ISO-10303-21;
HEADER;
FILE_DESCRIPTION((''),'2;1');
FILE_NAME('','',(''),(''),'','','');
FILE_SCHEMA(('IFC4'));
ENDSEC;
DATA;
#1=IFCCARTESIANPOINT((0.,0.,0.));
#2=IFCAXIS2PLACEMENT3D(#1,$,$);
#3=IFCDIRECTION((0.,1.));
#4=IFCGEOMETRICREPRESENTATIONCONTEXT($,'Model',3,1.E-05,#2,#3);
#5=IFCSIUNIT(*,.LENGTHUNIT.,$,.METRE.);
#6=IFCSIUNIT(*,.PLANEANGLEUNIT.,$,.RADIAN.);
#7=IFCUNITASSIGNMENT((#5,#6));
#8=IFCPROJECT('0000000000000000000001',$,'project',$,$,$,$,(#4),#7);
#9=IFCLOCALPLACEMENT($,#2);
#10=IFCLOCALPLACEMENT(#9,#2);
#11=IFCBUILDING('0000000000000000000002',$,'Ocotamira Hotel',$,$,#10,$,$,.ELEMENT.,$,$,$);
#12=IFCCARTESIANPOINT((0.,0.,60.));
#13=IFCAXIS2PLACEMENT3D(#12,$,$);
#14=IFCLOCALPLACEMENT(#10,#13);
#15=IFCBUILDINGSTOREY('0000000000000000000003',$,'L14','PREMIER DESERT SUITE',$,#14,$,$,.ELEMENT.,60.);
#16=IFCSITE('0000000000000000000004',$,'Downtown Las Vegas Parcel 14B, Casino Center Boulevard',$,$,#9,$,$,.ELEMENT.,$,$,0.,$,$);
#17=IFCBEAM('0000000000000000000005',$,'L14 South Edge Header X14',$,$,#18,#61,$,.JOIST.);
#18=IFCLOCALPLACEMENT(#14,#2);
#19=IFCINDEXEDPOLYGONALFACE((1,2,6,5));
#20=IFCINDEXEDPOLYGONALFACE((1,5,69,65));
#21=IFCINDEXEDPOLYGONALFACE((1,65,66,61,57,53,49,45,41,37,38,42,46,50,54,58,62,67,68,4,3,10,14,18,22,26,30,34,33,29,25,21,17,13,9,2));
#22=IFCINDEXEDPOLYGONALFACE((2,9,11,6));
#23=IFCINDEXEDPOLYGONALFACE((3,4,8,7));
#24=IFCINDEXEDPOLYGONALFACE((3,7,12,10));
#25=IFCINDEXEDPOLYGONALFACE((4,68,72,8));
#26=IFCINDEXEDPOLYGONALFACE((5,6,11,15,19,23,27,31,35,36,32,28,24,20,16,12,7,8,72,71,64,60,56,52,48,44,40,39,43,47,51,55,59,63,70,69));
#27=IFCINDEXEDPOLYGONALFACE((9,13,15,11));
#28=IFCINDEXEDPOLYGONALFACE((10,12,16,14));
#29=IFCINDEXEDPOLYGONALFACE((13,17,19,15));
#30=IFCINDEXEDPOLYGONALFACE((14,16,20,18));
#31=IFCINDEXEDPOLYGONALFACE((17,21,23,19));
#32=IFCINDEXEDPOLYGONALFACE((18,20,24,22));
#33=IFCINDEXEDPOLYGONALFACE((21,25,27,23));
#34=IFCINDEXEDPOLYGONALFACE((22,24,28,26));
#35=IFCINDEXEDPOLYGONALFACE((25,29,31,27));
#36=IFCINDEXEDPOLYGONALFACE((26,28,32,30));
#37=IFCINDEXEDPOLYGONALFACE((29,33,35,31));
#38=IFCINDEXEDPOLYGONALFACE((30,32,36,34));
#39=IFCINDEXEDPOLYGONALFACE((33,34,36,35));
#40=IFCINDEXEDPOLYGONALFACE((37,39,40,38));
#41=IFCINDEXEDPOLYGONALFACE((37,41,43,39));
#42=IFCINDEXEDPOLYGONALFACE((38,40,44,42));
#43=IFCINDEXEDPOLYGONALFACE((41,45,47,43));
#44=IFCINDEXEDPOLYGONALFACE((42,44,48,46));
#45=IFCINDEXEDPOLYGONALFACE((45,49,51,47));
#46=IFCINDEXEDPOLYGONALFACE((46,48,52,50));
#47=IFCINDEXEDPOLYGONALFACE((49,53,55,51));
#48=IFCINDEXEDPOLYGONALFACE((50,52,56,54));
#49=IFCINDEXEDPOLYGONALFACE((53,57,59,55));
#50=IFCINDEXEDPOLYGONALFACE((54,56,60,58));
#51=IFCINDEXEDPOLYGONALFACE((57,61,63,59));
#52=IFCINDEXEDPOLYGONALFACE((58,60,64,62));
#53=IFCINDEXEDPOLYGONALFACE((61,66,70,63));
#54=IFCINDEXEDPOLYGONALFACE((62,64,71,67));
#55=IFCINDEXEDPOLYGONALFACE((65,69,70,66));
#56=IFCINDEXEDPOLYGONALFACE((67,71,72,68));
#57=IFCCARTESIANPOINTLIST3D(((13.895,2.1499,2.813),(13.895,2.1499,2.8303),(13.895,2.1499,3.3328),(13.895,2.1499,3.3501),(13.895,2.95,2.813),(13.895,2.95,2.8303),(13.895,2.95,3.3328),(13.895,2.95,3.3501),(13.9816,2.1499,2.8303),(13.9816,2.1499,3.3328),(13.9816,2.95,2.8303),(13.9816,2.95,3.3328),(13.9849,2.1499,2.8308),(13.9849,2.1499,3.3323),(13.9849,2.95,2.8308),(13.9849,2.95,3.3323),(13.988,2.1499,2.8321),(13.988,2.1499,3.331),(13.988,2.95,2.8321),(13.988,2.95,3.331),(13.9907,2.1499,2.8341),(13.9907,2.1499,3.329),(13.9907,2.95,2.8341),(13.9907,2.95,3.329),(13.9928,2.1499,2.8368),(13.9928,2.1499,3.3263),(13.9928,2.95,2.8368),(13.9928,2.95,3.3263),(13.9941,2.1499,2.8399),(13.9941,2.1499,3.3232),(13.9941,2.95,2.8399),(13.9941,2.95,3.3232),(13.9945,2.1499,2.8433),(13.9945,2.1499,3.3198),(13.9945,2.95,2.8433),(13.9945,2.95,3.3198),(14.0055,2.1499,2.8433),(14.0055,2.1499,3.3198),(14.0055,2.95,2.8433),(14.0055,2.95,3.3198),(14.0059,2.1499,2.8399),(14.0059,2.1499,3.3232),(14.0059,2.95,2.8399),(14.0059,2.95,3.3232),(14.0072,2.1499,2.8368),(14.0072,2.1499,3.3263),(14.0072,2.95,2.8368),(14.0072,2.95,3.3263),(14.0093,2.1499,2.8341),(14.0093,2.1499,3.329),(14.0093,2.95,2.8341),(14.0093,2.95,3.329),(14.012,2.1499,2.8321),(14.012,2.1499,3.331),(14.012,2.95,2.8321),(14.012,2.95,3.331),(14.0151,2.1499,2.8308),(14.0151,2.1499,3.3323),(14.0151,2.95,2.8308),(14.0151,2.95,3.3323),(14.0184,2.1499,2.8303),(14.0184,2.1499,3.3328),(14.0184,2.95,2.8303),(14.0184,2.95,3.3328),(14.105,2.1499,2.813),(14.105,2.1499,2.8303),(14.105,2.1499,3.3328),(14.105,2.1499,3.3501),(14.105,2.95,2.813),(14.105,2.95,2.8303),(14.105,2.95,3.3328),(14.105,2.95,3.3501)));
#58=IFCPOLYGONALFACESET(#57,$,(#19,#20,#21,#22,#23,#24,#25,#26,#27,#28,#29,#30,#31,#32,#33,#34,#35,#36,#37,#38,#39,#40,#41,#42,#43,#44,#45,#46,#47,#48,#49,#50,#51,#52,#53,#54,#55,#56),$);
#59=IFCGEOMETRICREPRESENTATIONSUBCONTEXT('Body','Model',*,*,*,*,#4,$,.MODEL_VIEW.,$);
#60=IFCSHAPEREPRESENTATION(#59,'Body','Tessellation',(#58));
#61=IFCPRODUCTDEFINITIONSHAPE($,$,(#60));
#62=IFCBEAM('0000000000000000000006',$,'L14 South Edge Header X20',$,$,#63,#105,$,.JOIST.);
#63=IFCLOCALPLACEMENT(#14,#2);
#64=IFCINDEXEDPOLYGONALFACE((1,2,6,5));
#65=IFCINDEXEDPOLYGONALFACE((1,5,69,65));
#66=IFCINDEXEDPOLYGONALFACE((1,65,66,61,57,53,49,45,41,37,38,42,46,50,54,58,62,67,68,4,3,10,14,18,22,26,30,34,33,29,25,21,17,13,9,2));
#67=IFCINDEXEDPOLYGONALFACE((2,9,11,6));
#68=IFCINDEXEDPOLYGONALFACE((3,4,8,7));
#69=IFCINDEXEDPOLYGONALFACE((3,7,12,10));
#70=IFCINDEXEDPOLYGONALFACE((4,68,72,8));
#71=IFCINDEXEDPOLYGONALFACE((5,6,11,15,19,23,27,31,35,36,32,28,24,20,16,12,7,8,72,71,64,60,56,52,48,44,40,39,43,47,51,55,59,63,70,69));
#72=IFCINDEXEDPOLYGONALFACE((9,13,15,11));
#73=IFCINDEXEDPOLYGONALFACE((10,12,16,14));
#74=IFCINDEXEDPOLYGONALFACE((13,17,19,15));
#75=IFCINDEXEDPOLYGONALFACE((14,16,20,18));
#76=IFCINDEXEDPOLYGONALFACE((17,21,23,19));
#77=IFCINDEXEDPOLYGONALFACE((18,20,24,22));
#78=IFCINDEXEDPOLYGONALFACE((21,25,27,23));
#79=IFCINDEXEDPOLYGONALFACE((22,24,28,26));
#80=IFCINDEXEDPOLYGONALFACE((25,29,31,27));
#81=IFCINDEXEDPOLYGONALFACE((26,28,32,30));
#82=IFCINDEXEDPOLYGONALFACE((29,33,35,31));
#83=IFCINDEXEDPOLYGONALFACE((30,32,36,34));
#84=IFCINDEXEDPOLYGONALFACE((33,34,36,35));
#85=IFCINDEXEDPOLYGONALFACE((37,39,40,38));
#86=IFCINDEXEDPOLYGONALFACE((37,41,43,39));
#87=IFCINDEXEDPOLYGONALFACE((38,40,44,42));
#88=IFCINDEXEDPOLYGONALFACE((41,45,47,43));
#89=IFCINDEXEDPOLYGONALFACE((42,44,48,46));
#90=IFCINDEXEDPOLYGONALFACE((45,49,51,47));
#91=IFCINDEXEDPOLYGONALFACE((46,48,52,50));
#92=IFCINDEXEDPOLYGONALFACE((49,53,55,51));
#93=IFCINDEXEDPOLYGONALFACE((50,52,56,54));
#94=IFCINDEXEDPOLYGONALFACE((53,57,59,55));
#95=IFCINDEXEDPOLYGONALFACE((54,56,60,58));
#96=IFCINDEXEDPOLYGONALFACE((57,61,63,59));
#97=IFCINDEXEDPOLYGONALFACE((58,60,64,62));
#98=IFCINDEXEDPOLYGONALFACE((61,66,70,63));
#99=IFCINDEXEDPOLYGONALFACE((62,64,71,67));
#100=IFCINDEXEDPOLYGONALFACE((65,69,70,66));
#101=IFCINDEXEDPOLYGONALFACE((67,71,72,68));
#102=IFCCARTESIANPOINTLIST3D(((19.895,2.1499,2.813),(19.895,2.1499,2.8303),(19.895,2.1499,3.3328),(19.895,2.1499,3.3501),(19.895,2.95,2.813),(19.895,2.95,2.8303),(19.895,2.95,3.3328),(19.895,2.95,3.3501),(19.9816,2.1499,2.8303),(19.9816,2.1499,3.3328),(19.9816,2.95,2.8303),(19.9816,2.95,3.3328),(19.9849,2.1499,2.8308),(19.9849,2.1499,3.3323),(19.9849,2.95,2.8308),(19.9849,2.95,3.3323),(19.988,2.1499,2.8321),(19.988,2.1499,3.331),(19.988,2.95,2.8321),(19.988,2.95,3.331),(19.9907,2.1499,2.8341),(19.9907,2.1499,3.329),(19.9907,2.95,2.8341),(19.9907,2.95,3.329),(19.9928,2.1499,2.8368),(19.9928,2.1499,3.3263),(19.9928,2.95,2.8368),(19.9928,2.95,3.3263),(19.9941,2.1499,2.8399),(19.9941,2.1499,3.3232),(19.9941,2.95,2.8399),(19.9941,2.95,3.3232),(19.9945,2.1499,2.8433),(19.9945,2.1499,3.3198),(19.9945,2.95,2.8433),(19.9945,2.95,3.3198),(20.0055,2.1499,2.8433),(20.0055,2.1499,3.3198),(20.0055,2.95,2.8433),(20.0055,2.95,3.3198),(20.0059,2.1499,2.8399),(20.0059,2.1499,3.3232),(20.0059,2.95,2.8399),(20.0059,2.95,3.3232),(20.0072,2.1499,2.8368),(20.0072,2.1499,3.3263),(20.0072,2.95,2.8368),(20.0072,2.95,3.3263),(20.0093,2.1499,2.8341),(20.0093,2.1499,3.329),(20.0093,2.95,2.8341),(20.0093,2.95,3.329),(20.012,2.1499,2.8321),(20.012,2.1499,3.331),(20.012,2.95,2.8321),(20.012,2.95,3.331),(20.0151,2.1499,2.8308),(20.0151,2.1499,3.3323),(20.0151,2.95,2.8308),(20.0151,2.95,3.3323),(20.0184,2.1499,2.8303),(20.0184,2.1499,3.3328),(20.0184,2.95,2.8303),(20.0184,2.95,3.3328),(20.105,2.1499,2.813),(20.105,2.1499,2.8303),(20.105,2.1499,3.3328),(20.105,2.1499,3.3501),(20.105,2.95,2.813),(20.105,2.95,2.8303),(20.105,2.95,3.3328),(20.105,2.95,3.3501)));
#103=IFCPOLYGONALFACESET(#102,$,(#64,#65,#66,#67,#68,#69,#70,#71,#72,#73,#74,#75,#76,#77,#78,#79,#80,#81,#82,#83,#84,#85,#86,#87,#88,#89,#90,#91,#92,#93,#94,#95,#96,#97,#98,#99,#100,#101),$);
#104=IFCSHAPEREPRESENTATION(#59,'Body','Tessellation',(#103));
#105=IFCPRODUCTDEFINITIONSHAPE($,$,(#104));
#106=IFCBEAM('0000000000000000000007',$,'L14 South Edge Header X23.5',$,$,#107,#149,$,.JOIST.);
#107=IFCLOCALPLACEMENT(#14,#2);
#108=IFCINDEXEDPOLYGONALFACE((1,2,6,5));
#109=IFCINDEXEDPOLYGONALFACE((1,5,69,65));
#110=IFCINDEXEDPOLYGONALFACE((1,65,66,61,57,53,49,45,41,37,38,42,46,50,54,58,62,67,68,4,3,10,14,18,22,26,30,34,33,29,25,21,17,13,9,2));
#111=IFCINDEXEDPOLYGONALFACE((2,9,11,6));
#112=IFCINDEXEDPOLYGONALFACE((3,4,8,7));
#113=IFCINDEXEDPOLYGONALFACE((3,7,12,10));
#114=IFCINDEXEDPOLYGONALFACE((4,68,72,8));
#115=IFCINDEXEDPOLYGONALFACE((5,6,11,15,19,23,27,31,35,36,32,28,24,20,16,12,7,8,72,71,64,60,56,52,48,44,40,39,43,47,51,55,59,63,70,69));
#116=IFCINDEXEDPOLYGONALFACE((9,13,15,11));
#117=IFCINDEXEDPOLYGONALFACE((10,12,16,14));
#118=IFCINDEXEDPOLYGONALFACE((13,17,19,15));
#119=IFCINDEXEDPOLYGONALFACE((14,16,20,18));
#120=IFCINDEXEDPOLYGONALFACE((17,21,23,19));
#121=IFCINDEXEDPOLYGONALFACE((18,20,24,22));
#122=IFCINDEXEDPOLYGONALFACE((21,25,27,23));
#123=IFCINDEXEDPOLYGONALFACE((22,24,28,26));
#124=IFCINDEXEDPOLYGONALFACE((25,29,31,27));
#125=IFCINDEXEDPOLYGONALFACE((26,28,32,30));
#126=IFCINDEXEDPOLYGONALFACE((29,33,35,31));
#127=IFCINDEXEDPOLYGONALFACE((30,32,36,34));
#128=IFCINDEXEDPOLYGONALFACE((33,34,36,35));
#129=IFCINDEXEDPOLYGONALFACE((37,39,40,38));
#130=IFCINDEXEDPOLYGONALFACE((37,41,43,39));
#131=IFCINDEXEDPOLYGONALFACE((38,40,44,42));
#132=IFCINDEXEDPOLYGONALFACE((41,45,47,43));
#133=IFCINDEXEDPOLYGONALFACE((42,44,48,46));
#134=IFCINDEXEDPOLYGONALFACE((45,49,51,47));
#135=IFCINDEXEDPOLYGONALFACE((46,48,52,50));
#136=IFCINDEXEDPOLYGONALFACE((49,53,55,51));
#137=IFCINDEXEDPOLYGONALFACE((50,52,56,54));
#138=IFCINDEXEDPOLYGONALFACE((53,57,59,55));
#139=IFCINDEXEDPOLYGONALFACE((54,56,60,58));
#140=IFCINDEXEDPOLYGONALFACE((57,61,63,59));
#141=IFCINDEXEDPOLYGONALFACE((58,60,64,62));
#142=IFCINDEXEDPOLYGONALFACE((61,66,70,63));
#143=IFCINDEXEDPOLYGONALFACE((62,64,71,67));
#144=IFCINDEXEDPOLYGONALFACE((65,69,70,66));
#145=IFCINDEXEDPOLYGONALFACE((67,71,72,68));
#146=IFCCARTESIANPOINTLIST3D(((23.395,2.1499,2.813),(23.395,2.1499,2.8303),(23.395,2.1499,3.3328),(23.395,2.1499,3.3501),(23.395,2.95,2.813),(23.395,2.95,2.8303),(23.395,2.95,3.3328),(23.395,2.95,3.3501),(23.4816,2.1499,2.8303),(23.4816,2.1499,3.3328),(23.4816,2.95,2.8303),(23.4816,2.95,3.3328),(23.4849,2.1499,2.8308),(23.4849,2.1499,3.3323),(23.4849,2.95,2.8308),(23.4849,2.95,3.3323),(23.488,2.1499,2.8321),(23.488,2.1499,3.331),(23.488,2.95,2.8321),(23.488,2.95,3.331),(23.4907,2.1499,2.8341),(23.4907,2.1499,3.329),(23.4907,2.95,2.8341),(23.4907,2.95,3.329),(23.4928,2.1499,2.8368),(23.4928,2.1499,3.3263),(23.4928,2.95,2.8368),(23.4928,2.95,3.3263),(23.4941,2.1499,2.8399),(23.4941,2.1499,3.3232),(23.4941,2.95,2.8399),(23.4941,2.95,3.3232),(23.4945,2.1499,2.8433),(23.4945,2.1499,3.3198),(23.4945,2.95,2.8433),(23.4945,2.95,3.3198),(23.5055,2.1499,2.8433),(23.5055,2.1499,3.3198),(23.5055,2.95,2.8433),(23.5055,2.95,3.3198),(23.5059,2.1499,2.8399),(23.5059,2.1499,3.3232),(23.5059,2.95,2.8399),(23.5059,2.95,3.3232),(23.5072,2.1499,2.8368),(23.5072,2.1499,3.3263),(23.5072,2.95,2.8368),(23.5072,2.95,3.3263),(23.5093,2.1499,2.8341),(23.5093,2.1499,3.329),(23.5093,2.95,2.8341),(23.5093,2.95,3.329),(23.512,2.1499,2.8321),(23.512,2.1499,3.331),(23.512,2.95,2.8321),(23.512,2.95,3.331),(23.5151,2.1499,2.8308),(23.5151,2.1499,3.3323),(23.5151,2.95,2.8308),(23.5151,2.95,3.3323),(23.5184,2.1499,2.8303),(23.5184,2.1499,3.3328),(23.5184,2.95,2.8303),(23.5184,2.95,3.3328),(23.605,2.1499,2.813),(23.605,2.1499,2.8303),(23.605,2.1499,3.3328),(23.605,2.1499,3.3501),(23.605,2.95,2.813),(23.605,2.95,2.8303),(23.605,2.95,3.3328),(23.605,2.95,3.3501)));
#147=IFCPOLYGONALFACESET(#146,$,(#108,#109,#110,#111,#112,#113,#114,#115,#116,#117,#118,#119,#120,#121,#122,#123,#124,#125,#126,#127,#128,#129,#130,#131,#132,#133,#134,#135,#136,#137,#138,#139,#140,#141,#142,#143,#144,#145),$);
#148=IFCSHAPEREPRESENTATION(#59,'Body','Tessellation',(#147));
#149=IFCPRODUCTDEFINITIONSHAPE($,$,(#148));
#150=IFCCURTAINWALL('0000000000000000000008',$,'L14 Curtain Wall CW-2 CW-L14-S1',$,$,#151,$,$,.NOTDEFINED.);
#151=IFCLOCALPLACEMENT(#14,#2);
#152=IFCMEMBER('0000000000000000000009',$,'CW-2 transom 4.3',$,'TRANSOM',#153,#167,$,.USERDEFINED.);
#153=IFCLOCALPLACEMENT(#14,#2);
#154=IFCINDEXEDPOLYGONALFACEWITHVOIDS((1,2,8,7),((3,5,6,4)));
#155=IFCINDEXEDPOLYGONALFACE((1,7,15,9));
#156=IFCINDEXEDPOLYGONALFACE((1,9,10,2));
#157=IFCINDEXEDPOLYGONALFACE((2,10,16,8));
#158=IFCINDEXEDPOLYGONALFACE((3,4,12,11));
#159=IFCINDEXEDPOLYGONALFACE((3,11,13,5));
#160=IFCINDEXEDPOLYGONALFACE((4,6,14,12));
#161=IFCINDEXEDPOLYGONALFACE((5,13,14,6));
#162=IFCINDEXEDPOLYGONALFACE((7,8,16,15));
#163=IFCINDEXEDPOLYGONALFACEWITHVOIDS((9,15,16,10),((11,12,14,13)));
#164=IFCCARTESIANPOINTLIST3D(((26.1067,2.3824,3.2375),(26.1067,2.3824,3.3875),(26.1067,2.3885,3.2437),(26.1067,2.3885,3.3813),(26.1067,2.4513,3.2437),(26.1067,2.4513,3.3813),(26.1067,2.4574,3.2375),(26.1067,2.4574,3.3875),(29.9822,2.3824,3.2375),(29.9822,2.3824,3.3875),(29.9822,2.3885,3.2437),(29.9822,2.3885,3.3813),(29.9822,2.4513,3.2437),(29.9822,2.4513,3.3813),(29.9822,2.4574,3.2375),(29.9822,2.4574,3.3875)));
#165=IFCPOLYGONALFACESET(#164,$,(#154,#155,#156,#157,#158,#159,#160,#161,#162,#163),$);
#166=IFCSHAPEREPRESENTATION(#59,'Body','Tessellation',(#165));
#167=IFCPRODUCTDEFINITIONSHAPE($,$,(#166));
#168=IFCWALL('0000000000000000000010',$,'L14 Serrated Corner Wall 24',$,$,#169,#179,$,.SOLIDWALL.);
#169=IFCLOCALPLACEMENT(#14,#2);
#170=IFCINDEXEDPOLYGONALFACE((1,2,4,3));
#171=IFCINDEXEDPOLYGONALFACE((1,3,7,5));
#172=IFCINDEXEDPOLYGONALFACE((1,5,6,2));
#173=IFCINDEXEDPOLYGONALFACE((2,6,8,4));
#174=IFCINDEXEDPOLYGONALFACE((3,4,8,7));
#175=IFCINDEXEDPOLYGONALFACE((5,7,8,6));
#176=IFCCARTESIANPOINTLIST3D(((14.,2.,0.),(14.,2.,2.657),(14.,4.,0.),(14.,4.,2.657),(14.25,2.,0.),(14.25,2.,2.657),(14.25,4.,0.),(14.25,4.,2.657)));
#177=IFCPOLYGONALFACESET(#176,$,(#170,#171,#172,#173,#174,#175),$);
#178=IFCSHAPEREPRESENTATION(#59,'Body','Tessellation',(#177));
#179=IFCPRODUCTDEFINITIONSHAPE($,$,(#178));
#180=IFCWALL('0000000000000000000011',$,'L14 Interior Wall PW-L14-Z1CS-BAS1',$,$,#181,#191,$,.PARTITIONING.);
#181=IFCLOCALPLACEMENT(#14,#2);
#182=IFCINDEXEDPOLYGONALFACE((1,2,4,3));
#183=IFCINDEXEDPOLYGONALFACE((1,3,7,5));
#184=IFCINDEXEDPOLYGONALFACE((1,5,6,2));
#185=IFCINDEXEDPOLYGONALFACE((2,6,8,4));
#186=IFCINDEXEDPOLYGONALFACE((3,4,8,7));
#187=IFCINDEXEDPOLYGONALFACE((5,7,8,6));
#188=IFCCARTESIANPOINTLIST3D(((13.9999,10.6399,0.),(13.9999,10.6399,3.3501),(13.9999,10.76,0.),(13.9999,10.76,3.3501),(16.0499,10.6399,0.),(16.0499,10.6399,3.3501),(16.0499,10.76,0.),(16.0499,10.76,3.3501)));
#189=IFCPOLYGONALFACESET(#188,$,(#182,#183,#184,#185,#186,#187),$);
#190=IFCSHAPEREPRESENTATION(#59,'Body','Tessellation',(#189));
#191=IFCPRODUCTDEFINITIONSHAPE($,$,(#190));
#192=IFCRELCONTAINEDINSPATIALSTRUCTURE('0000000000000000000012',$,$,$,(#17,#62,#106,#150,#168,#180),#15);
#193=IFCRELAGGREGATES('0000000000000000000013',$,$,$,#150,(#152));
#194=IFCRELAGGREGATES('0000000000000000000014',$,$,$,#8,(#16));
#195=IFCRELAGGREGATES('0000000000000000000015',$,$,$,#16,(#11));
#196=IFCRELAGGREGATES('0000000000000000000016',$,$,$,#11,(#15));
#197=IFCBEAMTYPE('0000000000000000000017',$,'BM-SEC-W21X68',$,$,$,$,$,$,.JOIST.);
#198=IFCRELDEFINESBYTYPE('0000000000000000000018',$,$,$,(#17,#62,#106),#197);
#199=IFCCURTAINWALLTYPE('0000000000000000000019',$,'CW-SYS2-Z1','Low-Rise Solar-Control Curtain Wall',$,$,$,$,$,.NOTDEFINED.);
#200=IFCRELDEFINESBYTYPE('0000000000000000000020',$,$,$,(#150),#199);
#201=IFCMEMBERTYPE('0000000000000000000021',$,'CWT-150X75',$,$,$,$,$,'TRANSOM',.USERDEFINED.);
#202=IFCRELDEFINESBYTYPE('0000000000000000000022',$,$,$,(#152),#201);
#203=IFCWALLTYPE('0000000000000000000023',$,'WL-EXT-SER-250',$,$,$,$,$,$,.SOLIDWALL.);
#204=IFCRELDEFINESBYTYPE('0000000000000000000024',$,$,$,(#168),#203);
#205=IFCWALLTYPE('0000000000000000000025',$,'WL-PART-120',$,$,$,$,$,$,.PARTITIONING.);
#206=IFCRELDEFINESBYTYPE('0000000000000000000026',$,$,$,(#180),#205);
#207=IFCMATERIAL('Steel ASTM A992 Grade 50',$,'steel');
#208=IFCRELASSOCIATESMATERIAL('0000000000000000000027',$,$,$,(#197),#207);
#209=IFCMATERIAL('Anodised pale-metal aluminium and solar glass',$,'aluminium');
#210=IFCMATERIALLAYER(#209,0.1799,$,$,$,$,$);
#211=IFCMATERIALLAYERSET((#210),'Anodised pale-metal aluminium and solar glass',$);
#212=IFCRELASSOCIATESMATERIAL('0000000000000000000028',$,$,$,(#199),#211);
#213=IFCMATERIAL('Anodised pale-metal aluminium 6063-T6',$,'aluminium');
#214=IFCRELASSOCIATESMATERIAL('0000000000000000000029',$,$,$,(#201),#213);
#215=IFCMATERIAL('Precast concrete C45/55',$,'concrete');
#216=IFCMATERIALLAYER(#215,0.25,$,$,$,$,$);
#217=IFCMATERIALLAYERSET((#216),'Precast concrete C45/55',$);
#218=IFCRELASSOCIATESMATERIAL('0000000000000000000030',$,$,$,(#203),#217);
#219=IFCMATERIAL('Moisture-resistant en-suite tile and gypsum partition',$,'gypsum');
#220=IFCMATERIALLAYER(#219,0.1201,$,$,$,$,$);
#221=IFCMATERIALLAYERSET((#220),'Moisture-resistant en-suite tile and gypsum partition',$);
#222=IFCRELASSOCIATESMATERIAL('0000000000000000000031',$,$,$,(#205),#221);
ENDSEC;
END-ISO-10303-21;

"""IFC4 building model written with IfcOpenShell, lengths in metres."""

from ifc_helpers import new_model, si_unit, direction, frame, frame_2d, origin, origin_2d, place, context, subcontext, project, spatial, rectangle, hollow_rectangle, i_section, extrude, source, transform, mapped, material, layer, layer_set, material_profile, profile_set, type_object, element, aggregate, save


model = new_model("IFC4")

# Units and contexts
model_context = context("Model", 3, precision=1e-05, world=origin(), true_north=direction((0.0, 1.0)))
body_context = subcontext(model_context, "Body", "Model", "MODEL_VIEW")
ifc_project = project(units=[si_unit("LENGTHUNIT", "METRE"), si_unit("PLANEANGLEUNIT", "RADIAN")], contexts=[model_context])

# Site, building, storey
site_placement = place(None, origin())
site = spatial("IfcSite", under=ifc_project, at=site_placement, Name="Downtown Las Vegas Parcel 14B, Casino Center Boulevard", CompositionType="ELEMENT", RefElevation=0.0)
building_placement = place(site_placement, origin())
building = spatial("IfcBuilding", under=site, at=building_placement, Name="Ocotamira Hotel", CompositionType="ELEMENT")
storey_placement = place(building_placement, frame((0.0, 0.0, 60.0)))
storey = spatial("IfcBuildingStorey", under=building, at=storey_placement, Name="L14", Description="PREMIER DESERT SUITE", CompositionType="ELEMENT", Elevation=60.0)

# Beams
ifc_material_1 = material(Name="Steel ASTM A992 Grade 50", Category="steel")
ifc_material_profile_1 = material_profile(ifc_material_1, i_section(OverallWidth=0.21, OverallDepth=0.5371, WebThickness=0.011, FlangeThickness=0.0173, FilletRadius=0.0129, at=origin_2d()), Name="W21X68")
ifc_profile_set_1 = profile_set([ifc_material_profile_1], Name="Steel ASTM A992 Grade 50")
beam_type_1 = type_object("IfcBeamType", Name="BM-SEC-W21X68", PredefinedType="JOIST", material=ifc_profile_set_1)
shared_shape_1 = source(origin(), body_context, "Body", "SweptSolid", [
    extrude(i_section(OverallWidth=0.21, OverallDepth=0.5371, WebThickness=0.011, FlangeThickness=0.0173, FilletRadius=0.0129, at=origin_2d()), origin(), (0.0, 0.0, 1.0), 0.8),
])
for number, where, z_axis, x_axis, name in (
    (1, (14.0, 2.95, 3.0815), (0.0, -1.0, 0.0), (1.0, 0.0, 0.0), "L14 South Edge Header X14"),
    (2, (20.0, 2.95, 3.0815), (0.0, -1.0, 0.0), (1.0, 0.0, 0.0), "L14 South Edge Header X20"),
    (3, (23.5, 2.95, 3.0815), (0.0, -1.0, 0.0), (1.0, 0.0, 0.0), "L14 South Edge Header X23.5"),
):
    element("IfcBeam", number, at=place(storey_placement, frame(where, z_axis=z_axis, x_axis=x_axis)), inside=storey, type_object=beam_type_1, Name=name, PredefinedType="JOIST", context=body_context, shape_type="MappedRepresentation", body=[
        mapped(shared_shape_1, transform((0.0, 0.0, 0.0), scale=1.0)),
    ])

# Curtain wall, member
ifc_material_2 = material(Name="Anodised pale-metal aluminium and solar glass", Category="aluminium")
ifc_layer_1 = layer(ifc_material_2, 0.1799)
ifc_layer_set_1 = layer_set([ifc_layer_1], Name="Anodised pale-metal aluminium and solar glass")
curtain_wall_type = type_object("IfcCurtainWallType", Name="CW-SYS2-Z1", Description="Low-Rise Solar-Control Curtain Wall", PredefinedType="NOTDEFINED", material=ifc_layer_set_1)
curtain_wall_placement = place(storey_placement, origin())
curtain_wall = element("IfcCurtainWall", 4, at=curtain_wall_placement, inside=storey, type_object=curtain_wall_type, Name="L14 Curtain Wall CW-2 CW-L14-S1", PredefinedType="NOTDEFINED")
ifc_material_3 = material(Name="Anodised pale-metal aluminium 6063-T6", Category="aluminium")
ifc_material_profile_2 = material_profile(ifc_material_3, hollow_rectangle(XDim=0.075, YDim=0.1499, WallThickness=0.0061, at=origin_2d()), Name="HSS150X75X6")
ifc_profile_set_2 = profile_set([ifc_material_profile_2], Name="Anodised pale-metal aluminium 6063-T6")
member_type = type_object("IfcMemberType", Name="CWT-150X75", ElementType="TRANSOM", PredefinedType="USERDEFINED", material=ifc_profile_set_2)
shared_shape_2 = source(origin(), body_context, "Body", "SweptSolid", [
    extrude(hollow_rectangle(XDim=0.075, YDim=0.1499, WallThickness=0.0061, at=origin_2d()), origin(), (0.0, 0.0, 1.0), 3.8755),
])
member_placement = place(storey_placement, frame((26.1067, 2.4199, 3.3125), z_axis=(1.0, 0.0, 0.0), x_axis=(0.0, 1.0, 0.0)))
member = element("IfcMember", 5, at=member_placement, type_object=member_type, Name="CW-2 transom 4.3", ObjectType="TRANSOM", PredefinedType="USERDEFINED", context=body_context, shape_type="MappedRepresentation", body=[
    mapped(shared_shape_2, transform((0.0, 0.0, 0.0), scale=1.0)),
])
aggregate(curtain_wall, [member])

# Wall
ifc_material_4 = material(Name="Precast concrete C45/55", Category="concrete")
ifc_layer_2 = layer(ifc_material_4, 0.25)
ifc_layer_set_2 = layer_set([ifc_layer_2], Name="Precast concrete C45/55")
wall_type_1 = type_object("IfcWallType", Name="WL-EXT-SER-250", PredefinedType="SOLIDWALL", material=ifc_layer_set_2)
wall_1_placement = place(storey_placement, frame((14.125, 4.0, 0.0), z_axis=(0.0, 0.0, 1.0), x_axis=(0.0, -1.0, 0.0)))
element("IfcWall", 6, at=wall_1_placement, inside=storey, type_object=wall_type_1, Name="L14 Serrated Corner Wall 24", PredefinedType="SOLIDWALL", context=body_context, shape_type="SweptSolid", body=[
    extrude(rectangle(XDim=2.0, YDim=0.25, at=frame_2d((1.0, 0.0))), origin(), (0.0, 0.0, 1.0), 2.657),
])

# Shared definitions
ifc_material_5 = material(Name="Moisture-resistant en-suite tile and gypsum partition", Category="gypsum")
ifc_layer_3 = layer(ifc_material_5, 0.1201)
ifc_layer_set_3 = layer_set([ifc_layer_3], Name="Moisture-resistant en-suite tile and gypsum partition")
wall_type_2 = type_object("IfcWallType", Name="WL-PART-120", PredefinedType="PARTITIONING", material=ifc_layer_set_3)

# Wall
wall_2_placement = place(storey_placement, frame((14.0, 10.7, 0.0), z_axis=(0.0, 0.0, 1.0), x_axis=(1.0, 0.0, 0.0)))
element("IfcWall", 7, at=wall_2_placement, inside=storey, type_object=wall_type_2, Name="L14 Interior Wall PW-L14-Z1CS-BAS1", PredefinedType="PARTITIONING", context=body_context, shape_type="SweptSolid", body=[
    extrude(rectangle(XDim=2.05, YDim=0.1201, at=frame_2d((1.0249, 0.0))), origin(), (0.0, 0.0, 1.0), 3.3501),
])

save(model, "model.ifc")
